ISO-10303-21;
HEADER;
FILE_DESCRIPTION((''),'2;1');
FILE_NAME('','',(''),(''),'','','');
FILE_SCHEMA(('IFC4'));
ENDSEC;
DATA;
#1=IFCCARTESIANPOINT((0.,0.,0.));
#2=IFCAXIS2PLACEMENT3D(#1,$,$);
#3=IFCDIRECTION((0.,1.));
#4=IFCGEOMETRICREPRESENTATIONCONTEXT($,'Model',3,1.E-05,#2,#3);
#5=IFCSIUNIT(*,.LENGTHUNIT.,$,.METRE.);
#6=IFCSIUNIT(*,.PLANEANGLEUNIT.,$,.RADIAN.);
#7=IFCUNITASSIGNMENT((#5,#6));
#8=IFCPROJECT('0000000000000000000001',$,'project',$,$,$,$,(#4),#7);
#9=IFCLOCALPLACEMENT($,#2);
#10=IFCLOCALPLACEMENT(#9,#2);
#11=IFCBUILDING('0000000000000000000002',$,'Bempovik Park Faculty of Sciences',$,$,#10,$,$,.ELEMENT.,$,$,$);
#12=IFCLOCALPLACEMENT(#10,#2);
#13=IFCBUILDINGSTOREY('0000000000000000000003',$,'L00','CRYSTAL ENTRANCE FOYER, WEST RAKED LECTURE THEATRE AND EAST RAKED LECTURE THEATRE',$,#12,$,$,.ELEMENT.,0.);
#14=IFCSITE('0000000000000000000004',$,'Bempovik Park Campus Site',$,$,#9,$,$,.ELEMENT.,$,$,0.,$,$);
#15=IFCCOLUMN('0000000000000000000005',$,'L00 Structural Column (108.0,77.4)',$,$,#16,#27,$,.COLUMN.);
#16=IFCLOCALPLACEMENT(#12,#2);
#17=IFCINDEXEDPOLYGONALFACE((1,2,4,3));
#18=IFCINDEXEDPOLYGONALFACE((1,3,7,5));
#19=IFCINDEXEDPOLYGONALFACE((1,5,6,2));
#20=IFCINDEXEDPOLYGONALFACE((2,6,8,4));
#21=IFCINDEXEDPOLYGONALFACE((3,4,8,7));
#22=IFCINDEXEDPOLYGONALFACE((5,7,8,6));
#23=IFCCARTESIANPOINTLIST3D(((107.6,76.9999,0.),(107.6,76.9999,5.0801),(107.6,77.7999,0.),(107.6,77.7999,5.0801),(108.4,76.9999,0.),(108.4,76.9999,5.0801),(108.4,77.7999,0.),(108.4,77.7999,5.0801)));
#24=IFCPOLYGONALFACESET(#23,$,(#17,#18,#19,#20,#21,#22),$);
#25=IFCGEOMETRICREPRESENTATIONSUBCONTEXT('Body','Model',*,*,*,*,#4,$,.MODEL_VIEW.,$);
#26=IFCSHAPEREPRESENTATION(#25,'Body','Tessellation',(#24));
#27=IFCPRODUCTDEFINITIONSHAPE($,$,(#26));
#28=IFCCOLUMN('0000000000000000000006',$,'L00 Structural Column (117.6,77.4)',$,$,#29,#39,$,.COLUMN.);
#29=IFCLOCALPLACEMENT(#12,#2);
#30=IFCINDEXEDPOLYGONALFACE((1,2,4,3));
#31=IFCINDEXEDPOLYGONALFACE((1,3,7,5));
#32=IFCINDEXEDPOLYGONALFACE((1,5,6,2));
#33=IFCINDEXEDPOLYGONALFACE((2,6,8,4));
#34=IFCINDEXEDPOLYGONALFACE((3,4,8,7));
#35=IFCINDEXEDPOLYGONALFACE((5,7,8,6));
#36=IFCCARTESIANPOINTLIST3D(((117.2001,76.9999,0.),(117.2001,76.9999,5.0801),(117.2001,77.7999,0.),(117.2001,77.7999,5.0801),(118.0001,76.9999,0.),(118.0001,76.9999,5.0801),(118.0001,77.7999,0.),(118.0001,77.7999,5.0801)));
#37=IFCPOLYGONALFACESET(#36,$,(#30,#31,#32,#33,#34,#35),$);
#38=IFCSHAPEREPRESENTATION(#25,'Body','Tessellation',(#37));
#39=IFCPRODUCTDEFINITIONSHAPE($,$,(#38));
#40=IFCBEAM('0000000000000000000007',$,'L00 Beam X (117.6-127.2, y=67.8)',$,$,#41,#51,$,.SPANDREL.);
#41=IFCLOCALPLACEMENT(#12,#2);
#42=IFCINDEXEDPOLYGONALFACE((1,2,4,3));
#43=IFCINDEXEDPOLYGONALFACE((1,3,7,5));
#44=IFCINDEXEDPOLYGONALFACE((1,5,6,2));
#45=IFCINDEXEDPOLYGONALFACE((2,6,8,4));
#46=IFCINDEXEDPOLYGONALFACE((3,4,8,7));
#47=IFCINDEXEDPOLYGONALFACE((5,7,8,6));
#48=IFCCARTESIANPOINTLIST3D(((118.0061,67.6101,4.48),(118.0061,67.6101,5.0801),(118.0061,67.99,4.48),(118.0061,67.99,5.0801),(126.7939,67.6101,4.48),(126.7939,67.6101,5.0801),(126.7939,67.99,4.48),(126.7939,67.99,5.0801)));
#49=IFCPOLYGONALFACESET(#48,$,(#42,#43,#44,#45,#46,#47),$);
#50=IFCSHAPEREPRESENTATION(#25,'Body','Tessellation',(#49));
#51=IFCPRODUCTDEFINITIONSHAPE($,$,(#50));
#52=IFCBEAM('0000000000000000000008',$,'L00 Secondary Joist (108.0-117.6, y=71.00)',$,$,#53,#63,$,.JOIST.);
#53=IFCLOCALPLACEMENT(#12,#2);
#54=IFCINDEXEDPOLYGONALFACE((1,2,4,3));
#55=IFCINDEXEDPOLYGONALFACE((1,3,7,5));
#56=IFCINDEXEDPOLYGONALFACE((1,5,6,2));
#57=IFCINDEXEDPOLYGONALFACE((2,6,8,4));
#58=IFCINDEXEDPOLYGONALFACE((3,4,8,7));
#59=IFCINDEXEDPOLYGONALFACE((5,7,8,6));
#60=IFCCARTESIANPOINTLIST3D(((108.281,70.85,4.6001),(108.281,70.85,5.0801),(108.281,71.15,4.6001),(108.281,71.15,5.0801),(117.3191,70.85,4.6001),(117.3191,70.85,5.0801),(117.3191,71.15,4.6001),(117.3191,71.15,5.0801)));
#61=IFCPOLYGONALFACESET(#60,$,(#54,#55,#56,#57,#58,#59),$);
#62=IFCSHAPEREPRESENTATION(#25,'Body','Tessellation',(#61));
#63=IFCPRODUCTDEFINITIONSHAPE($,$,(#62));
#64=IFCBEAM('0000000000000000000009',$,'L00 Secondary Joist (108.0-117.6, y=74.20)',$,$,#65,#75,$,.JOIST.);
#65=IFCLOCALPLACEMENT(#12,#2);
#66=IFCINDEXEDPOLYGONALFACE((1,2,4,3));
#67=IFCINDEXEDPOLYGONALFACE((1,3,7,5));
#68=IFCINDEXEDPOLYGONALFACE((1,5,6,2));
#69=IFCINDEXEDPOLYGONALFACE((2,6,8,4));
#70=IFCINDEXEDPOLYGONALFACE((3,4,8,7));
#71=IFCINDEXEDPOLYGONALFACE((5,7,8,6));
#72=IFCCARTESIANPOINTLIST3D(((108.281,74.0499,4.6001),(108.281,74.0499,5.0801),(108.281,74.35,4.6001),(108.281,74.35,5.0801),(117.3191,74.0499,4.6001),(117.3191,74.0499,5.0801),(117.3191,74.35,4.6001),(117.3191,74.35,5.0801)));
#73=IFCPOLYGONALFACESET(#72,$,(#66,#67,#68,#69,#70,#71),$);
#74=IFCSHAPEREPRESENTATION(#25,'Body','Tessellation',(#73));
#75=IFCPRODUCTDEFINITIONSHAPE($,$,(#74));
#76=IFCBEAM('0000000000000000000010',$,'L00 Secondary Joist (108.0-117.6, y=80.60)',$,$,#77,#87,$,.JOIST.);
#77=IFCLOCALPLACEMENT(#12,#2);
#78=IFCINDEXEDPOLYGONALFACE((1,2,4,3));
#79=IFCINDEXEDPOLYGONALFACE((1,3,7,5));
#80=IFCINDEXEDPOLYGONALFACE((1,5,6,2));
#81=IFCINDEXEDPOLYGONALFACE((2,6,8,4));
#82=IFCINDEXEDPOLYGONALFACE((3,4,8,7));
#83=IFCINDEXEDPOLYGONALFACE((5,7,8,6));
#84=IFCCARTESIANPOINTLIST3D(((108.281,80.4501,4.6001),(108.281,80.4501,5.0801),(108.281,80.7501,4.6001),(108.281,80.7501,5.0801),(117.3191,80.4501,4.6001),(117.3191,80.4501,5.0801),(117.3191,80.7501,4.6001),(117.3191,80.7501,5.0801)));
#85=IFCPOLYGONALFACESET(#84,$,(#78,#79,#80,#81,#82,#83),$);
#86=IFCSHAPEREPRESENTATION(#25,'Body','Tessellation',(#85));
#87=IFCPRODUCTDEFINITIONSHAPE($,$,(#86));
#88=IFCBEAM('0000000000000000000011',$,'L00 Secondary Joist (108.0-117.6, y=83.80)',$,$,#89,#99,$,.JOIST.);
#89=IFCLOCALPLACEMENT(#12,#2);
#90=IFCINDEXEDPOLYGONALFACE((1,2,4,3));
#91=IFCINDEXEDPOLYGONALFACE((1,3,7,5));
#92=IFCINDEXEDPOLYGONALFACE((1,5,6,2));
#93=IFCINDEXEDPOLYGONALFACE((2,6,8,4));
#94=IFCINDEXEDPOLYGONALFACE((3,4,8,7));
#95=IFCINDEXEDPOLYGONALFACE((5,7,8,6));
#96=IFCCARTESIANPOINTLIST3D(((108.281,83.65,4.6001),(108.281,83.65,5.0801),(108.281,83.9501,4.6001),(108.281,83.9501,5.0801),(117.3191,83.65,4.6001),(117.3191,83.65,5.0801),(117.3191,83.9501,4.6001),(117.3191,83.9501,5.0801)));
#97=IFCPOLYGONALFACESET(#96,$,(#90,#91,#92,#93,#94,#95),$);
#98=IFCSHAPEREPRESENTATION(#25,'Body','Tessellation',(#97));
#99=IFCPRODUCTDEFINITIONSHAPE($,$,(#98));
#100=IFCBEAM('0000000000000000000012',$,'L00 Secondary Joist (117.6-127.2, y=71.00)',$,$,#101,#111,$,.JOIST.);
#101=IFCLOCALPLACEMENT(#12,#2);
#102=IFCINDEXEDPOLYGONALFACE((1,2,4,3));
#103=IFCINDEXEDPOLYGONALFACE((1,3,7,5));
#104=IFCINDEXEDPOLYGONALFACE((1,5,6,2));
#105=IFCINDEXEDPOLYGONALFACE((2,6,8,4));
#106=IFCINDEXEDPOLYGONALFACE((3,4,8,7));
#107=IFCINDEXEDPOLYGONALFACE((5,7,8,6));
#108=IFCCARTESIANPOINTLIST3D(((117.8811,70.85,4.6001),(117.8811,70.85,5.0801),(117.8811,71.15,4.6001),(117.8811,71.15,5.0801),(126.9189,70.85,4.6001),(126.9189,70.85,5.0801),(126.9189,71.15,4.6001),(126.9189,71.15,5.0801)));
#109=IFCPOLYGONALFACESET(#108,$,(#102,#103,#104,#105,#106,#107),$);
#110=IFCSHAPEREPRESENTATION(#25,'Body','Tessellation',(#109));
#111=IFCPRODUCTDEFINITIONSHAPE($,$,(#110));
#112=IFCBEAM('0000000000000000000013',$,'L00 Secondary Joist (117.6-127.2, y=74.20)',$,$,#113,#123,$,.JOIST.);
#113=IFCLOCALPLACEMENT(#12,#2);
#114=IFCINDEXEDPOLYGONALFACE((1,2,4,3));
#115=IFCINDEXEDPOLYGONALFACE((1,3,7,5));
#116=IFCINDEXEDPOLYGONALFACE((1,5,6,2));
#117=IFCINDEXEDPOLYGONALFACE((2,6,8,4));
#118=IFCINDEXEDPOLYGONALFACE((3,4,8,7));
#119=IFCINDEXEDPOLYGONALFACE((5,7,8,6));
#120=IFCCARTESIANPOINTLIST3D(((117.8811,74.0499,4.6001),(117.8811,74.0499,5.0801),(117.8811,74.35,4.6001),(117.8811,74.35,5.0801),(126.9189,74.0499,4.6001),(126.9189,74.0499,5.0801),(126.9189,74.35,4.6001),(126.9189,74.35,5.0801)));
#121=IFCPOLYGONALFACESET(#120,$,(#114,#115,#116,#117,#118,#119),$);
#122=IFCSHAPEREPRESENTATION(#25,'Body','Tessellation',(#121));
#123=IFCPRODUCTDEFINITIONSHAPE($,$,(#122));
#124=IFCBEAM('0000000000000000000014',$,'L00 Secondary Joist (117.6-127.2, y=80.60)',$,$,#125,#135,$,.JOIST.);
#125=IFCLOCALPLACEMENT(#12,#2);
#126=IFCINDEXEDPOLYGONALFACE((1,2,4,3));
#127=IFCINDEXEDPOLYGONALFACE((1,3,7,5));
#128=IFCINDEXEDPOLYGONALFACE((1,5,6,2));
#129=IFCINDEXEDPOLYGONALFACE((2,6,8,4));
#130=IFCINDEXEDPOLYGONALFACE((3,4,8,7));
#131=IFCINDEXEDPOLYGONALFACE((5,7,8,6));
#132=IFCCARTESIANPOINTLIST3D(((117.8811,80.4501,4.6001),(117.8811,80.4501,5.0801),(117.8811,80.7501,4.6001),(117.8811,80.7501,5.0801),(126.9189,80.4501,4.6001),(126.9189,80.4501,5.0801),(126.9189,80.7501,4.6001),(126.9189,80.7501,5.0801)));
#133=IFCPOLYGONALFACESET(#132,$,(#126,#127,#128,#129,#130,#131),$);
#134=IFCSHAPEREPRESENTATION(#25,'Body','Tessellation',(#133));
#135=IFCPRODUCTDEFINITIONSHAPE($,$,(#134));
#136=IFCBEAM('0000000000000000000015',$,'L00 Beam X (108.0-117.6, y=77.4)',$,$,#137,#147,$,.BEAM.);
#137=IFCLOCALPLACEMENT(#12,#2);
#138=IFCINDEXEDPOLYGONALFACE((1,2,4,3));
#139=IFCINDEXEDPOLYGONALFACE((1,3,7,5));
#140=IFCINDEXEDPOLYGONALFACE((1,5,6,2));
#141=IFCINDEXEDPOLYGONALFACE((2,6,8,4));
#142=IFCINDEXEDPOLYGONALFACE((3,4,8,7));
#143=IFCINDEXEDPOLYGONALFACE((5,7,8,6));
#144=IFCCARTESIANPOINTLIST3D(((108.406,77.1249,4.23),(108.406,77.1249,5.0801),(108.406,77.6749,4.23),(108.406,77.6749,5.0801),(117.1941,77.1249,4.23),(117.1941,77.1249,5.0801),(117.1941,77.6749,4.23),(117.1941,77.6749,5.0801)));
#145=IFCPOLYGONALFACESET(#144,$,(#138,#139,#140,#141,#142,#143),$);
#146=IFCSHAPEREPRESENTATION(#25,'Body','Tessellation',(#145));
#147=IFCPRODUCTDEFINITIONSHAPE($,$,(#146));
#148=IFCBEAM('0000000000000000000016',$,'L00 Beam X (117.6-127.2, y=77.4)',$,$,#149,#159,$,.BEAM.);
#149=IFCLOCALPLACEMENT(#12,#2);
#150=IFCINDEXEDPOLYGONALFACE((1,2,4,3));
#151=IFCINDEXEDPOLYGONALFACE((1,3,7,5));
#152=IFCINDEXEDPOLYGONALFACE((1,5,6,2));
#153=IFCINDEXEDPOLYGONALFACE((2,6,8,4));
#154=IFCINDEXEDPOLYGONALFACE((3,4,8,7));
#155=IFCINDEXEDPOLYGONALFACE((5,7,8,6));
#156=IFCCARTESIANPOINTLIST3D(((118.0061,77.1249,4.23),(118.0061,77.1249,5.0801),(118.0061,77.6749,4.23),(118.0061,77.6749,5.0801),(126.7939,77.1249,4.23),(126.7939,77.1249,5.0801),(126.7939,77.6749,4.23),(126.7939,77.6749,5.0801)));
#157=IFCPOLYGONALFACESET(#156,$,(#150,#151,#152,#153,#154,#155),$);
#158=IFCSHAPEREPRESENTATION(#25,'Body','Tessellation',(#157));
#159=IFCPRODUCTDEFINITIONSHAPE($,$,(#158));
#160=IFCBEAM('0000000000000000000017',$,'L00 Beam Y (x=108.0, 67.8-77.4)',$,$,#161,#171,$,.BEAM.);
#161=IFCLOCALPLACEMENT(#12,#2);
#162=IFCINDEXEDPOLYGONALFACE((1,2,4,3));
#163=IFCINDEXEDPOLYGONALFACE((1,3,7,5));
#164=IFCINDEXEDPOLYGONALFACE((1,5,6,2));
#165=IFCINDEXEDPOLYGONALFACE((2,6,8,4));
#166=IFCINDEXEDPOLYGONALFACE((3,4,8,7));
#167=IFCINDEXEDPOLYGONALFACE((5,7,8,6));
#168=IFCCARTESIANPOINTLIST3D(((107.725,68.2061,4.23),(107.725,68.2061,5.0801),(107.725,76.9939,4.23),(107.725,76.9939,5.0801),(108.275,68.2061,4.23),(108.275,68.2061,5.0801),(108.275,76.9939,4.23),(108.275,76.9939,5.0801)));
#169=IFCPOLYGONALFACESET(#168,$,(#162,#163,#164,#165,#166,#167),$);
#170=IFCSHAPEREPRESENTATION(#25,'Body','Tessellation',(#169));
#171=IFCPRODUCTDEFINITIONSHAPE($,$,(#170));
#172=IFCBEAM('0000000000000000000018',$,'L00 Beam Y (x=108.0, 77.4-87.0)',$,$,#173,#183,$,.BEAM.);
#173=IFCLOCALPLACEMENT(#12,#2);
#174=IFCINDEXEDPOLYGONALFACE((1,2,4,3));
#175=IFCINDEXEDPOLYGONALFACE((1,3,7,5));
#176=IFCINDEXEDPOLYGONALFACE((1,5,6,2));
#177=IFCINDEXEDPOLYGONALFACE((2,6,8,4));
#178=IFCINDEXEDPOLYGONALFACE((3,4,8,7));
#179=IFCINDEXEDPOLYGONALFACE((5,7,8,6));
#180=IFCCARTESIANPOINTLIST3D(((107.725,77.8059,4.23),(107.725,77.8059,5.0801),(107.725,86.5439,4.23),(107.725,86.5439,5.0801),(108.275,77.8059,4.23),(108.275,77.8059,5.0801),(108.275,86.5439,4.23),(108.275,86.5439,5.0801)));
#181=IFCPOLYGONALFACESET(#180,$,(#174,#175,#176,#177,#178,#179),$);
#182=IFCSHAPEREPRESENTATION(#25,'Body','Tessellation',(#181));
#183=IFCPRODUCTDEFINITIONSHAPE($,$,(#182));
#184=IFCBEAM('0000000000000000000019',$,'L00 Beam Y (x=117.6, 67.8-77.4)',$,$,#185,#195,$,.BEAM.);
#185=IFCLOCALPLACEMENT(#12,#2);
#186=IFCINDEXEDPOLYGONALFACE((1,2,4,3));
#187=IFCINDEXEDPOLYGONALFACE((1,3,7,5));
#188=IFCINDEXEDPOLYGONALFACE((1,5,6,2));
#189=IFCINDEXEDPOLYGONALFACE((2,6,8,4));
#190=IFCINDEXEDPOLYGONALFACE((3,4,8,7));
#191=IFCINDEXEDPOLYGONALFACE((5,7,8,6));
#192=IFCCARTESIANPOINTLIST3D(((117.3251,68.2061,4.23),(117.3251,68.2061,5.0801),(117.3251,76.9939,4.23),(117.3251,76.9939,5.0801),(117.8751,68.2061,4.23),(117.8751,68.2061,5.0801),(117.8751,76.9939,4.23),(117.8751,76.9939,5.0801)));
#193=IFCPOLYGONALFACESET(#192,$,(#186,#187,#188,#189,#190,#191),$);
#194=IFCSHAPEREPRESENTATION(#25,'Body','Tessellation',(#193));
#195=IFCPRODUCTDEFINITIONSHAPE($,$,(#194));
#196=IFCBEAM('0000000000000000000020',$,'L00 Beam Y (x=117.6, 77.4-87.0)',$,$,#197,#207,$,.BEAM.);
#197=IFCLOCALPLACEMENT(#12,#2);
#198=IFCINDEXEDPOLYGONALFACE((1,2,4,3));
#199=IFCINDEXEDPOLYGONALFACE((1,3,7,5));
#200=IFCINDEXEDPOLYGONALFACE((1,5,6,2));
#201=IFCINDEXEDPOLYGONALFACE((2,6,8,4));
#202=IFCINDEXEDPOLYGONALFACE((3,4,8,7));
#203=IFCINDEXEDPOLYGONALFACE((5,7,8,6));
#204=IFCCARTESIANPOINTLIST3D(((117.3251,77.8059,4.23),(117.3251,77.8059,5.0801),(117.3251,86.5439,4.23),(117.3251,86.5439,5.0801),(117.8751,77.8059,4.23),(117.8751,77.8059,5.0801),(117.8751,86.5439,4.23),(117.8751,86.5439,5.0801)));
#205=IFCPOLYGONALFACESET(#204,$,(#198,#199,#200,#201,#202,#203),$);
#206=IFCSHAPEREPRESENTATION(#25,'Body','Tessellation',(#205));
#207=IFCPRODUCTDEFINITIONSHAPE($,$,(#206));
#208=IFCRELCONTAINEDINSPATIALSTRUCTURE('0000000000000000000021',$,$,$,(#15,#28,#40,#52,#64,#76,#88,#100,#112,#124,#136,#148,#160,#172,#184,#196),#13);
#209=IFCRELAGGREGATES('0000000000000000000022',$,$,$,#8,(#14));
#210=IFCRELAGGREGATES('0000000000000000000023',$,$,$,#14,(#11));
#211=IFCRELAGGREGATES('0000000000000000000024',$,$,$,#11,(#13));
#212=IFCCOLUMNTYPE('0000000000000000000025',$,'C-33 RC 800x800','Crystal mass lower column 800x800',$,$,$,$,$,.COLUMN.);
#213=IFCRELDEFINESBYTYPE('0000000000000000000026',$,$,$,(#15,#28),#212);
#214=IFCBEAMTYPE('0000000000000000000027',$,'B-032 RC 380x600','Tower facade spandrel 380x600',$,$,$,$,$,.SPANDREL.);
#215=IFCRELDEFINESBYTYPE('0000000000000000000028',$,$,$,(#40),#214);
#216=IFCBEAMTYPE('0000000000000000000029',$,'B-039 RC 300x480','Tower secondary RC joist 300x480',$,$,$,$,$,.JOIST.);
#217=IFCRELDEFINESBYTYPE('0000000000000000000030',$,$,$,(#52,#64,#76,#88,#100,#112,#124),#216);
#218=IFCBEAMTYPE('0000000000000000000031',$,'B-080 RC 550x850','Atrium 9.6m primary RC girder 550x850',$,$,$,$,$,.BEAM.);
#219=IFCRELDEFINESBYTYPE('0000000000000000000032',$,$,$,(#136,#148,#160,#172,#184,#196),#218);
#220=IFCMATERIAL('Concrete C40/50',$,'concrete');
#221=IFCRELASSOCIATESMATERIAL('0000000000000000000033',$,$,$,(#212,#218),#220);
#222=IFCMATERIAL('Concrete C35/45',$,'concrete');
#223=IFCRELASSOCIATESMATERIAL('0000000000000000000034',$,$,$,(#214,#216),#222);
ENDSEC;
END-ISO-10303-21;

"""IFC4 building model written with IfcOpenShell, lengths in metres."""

from ifc_helpers import new_model, si_unit, direction, frame, origin, origin_2d, place, context, subcontext, project, spatial, rectangle, extrude, material, material_profile, profile_set, type_object, element, save


model = new_model("IFC4")

# Units and contexts
model_context = context("Model", 3, precision=1e-05, world=origin(), true_north=direction((0.0, 1.0)))
body_context = subcontext(model_context, "Body", "Model", "MODEL_VIEW")
ifc_project = project(units=[si_unit("LENGTHUNIT", "METRE"), si_unit("PLANEANGLEUNIT", "RADIAN")], contexts=[model_context])

# Site, building, storey
site_placement = place(None, origin())
site = spatial("IfcSite", under=ifc_project, at=site_placement, Name="Bempovik Park Campus Site", CompositionType="ELEMENT", RefElevation=0.0)
building_placement = place(site_placement, origin())
building = spatial("IfcBuilding", under=site, at=building_placement, Name="Bempovik Park Faculty of Sciences", CompositionType="ELEMENT")
storey_placement = place(building_placement, origin())
storey = spatial("IfcBuildingStorey", under=building, at=storey_placement, Name="L00", Description="CRYSTAL ENTRANCE FOYER, WEST RAKED LECTURE THEATRE AND EAST RAKED LECTURE THEATRE", CompositionType="ELEMENT", Elevation=0.0)

# Columns
ifc_material_1 = material(Name="Concrete C40/50", Category="concrete")
ifc_material_profile_1 = material_profile(ifc_material_1, rectangle(XDim=0.8, YDim=0.8, at=origin_2d()), Name="RC 800x800")
ifc_profile_set_1 = profile_set([ifc_material_profile_1], Name="Concrete C40/50")
column_type = type_object("IfcColumnType", Name="C-33 RC 800x800", Description="Crystal mass lower column 800x800", PredefinedType="COLUMN", material=ifc_profile_set_1)
for number, where, z_axis, x_axis, name in (
    (1, (108.0, 77.3999, 0.0), (0.0, 0.0, 1.0), (1.0, 0.0, 0.0), "L00 Structural Column (108.0,77.4)"),
    (2, (117.6001, 77.3999, 0.0), (0.0, 0.0, 1.0), (1.0, 0.0, 0.0), "L00 Structural Column (117.6,77.4)"),
):
    element("IfcColumn", number, at=place(storey_placement, frame(where, z_axis=z_axis, x_axis=x_axis)), inside=storey, type_object=column_type, Name=name, PredefinedType="COLUMN", context=body_context, shape_type="SweptSolid", body=[
        extrude(rectangle(XDim=0.8, YDim=0.8, at=origin_2d()), origin(), (0.0, 0.0, 1.0), 5.0801),
    ])

# Beams
ifc_material_2 = material(Name="Concrete C35/45", Category="concrete")
ifc_material_profile_2 = material_profile(ifc_material_2, rectangle(XDim=0.3799, YDim=0.6001, at=origin_2d()), Name="RC 380x600")
ifc_profile_set_2 = profile_set([ifc_material_profile_2], Name="Concrete C35/45")
beam_type_1 = type_object("IfcBeamType", Name="B-032 RC 380x600", Description="Tower facade spandrel 380x600", PredefinedType="SPANDREL", material=ifc_profile_set_2)
beam_1_placement = place(storey_placement, frame((118.0061, 67.8, 4.78), z_axis=(1.0, 0.0, 0.0), x_axis=(0.0, 1.0, 0.0)))
element("IfcBeam", 3, at=beam_1_placement, inside=storey, type_object=beam_type_1, Name="L00 Beam X (117.6-127.2, y=67.8)", PredefinedType="SPANDREL", context=body_context, shape_type="SweptSolid", body=[
    extrude(rectangle(XDim=0.3799, YDim=0.6001, at=origin_2d()), origin(), (0.0, 0.0, 1.0), 8.7878),
])
ifc_material_profile_3 = material_profile(ifc_material_2, rectangle(XDim=0.3, YDim=0.48, at=origin_2d()), Name="RC 300x480")
ifc_profile_set_3 = profile_set([ifc_material_profile_3], Name="Concrete C35/45")
beam_type_2 = type_object("IfcBeamType", Name="B-039 RC 300x480", Description="Tower secondary RC joist 300x480", PredefinedType="JOIST", material=ifc_profile_set_3)
for number, where, z_axis, x_axis, name in (
    (4, (108.281, 71.0, 4.8401), (1.0, 0.0, 0.0), (0.0, 1.0, 0.0), "L00 Secondary Joist (108.0-117.6, y=71.00)"),
    (5, (108.281, 74.2, 4.8401), (1.0, 0.0, 0.0), (0.0, 1.0, 0.0), "L00 Secondary Joist (108.0-117.6, y=74.20)"),
    (6, (108.281, 80.6001, 4.8401), (1.0, 0.0, 0.0), (0.0, 1.0, 0.0), "L00 Secondary Joist (108.0-117.6, y=80.60)"),
    (7, (108.281, 83.8, 4.8401), (1.0, 0.0, 0.0), (0.0, 1.0, 0.0), "L00 Secondary Joist (108.0-117.6, y=83.80)"),
):
    element("IfcBeam", number, at=place(storey_placement, frame(where, z_axis=z_axis, x_axis=x_axis)), inside=storey, type_object=beam_type_2, Name=name, PredefinedType="JOIST", context=body_context, shape_type="SweptSolid", body=[
        extrude(rectangle(XDim=0.3, YDim=0.48, at=origin_2d()), origin(), (0.0, 0.0, 1.0), 9.0381),
    ])
for number, where, z_axis, x_axis, name in (
    (8, (117.8811, 71.0, 4.8401), (1.0, 0.0, 0.0), (0.0, 1.0, 0.0), "L00 Secondary Joist (117.6-127.2, y=71.00)"),
    (9, (117.8811, 74.2, 4.8401), (1.0, 0.0, 0.0), (0.0, 1.0, 0.0), "L00 Secondary Joist (117.6-127.2, y=74.20)"),
    (10, (117.8811, 80.6001, 4.8401), (1.0, 0.0, 0.0), (0.0, 1.0, 0.0), "L00 Secondary Joist (117.6-127.2, y=80.60)"),
):
    element("IfcBeam", number, at=place(storey_placement, frame(where, z_axis=z_axis, x_axis=x_axis)), inside=storey, type_object=beam_type_2, Name=name, PredefinedType="JOIST", context=body_context, shape_type="SweptSolid", body=[
        extrude(rectangle(XDim=0.3, YDim=0.48, at=origin_2d()), origin(), (0.0, 0.0, 1.0), 9.0378),
    ])
ifc_material_profile_4 = material_profile(ifc_material_1, rectangle(XDim=0.55, YDim=0.8501, at=origin_2d()), Name="RC 550x850")
ifc_profile_set_4 = profile_set([ifc_material_profile_4], Name="Concrete C40/50")
beam_type_3 = type_object("IfcBeamType", Name="B-080 RC 550x850", Description="Atrium 9.6m primary RC girder 550x850", PredefinedType="BEAM", material=ifc_profile_set_4)
beam_2_placement = place(storey_placement, frame((108.406, 77.3999, 4.655), z_axis=(1.0, 0.0, 0.0), x_axis=(0.0, 1.0, 0.0)))
element("IfcBeam", 11, at=beam_2_placement, inside=storey, type_object=beam_type_3, Name="L00 Beam X (108.0-117.6, y=77.4)", PredefinedType="BEAM", context=body_context, shape_type="SweptSolid", body=[
    extrude(rectangle(XDim=0.55, YDim=0.8501, at=origin_2d()), origin(), (0.0, 0.0, 1.0), 8.7881),
])
for number, where, z_axis, x_axis, name in (
    (12, (118.0061, 77.3999, 4.655), (1.0, 0.0, 0.0), (0.0, 1.0, 0.0), "L00 Beam X (117.6-127.2, y=77.4)"),
    (13, (108.0, 68.2061, 4.655), (0.0, 1.0, 0.0), (-1.0, 0.0, 0.0), "L00 Beam Y (x=108.0, 67.8-77.4)"),
):
    element("IfcBeam", number, at=place(storey_placement, frame(where, z_axis=z_axis, x_axis=x_axis)), inside=storey, type_object=beam_type_3, Name=name, PredefinedType="BEAM", context=body_context, shape_type="SweptSolid", body=[
        extrude(rectangle(XDim=0.55, YDim=0.8501, at=origin_2d()), origin(), (0.0, 0.0, 1.0), 8.7878),
    ])
beam_3_placement = place(storey_placement, frame((108.0, 77.8059, 4.655), z_axis=(0.0, 1.0, 0.0), x_axis=(-1.0, 0.0, 0.0)))
element("IfcBeam", 14, at=beam_3_placement, inside=storey, type_object=beam_type_3, Name="L00 Beam Y (x=108.0, 77.4-87.0)", PredefinedType="BEAM", context=body_context, shape_type="SweptSolid", body=[
    extrude(rectangle(XDim=0.55, YDim=0.8501, at=origin_2d()), origin(), (0.0, 0.0, 1.0), 8.738),
])
beam_4_placement = place(storey_placement, frame((117.6001, 68.2061, 4.655), z_axis=(0.0, 1.0, 0.0), x_axis=(-1.0, 0.0, 0.0)))
element("IfcBeam", 15, at=beam_4_placement, inside=storey, type_object=beam_type_3, Name="L00 Beam Y (x=117.6, 67.8-77.4)", PredefinedType="BEAM", context=body_context, shape_type="SweptSolid", body=[
    extrude(rectangle(XDim=0.55, YDim=0.8501, at=origin_2d()), origin(), (0.0, 0.0, 1.0), 8.7878),
])
beam_5_placement = place(storey_placement, frame((117.6001, 77.8059, 4.655), z_axis=(0.0, 1.0, 0.0), x_axis=(-1.0, 0.0, 0.0)))
element("IfcBeam", 16, at=beam_5_placement, inside=storey, type_object=beam_type_3, Name="L00 Beam Y (x=117.6, 77.4-87.0)", PredefinedType="BEAM", context=body_context, shape_type="SweptSolid", body=[
    extrude(rectangle(XDim=0.55, YDim=0.8501, at=origin_2d()), origin(), (0.0, 0.0, 1.0), 8.738),
])

save(model, "model.ifc")
